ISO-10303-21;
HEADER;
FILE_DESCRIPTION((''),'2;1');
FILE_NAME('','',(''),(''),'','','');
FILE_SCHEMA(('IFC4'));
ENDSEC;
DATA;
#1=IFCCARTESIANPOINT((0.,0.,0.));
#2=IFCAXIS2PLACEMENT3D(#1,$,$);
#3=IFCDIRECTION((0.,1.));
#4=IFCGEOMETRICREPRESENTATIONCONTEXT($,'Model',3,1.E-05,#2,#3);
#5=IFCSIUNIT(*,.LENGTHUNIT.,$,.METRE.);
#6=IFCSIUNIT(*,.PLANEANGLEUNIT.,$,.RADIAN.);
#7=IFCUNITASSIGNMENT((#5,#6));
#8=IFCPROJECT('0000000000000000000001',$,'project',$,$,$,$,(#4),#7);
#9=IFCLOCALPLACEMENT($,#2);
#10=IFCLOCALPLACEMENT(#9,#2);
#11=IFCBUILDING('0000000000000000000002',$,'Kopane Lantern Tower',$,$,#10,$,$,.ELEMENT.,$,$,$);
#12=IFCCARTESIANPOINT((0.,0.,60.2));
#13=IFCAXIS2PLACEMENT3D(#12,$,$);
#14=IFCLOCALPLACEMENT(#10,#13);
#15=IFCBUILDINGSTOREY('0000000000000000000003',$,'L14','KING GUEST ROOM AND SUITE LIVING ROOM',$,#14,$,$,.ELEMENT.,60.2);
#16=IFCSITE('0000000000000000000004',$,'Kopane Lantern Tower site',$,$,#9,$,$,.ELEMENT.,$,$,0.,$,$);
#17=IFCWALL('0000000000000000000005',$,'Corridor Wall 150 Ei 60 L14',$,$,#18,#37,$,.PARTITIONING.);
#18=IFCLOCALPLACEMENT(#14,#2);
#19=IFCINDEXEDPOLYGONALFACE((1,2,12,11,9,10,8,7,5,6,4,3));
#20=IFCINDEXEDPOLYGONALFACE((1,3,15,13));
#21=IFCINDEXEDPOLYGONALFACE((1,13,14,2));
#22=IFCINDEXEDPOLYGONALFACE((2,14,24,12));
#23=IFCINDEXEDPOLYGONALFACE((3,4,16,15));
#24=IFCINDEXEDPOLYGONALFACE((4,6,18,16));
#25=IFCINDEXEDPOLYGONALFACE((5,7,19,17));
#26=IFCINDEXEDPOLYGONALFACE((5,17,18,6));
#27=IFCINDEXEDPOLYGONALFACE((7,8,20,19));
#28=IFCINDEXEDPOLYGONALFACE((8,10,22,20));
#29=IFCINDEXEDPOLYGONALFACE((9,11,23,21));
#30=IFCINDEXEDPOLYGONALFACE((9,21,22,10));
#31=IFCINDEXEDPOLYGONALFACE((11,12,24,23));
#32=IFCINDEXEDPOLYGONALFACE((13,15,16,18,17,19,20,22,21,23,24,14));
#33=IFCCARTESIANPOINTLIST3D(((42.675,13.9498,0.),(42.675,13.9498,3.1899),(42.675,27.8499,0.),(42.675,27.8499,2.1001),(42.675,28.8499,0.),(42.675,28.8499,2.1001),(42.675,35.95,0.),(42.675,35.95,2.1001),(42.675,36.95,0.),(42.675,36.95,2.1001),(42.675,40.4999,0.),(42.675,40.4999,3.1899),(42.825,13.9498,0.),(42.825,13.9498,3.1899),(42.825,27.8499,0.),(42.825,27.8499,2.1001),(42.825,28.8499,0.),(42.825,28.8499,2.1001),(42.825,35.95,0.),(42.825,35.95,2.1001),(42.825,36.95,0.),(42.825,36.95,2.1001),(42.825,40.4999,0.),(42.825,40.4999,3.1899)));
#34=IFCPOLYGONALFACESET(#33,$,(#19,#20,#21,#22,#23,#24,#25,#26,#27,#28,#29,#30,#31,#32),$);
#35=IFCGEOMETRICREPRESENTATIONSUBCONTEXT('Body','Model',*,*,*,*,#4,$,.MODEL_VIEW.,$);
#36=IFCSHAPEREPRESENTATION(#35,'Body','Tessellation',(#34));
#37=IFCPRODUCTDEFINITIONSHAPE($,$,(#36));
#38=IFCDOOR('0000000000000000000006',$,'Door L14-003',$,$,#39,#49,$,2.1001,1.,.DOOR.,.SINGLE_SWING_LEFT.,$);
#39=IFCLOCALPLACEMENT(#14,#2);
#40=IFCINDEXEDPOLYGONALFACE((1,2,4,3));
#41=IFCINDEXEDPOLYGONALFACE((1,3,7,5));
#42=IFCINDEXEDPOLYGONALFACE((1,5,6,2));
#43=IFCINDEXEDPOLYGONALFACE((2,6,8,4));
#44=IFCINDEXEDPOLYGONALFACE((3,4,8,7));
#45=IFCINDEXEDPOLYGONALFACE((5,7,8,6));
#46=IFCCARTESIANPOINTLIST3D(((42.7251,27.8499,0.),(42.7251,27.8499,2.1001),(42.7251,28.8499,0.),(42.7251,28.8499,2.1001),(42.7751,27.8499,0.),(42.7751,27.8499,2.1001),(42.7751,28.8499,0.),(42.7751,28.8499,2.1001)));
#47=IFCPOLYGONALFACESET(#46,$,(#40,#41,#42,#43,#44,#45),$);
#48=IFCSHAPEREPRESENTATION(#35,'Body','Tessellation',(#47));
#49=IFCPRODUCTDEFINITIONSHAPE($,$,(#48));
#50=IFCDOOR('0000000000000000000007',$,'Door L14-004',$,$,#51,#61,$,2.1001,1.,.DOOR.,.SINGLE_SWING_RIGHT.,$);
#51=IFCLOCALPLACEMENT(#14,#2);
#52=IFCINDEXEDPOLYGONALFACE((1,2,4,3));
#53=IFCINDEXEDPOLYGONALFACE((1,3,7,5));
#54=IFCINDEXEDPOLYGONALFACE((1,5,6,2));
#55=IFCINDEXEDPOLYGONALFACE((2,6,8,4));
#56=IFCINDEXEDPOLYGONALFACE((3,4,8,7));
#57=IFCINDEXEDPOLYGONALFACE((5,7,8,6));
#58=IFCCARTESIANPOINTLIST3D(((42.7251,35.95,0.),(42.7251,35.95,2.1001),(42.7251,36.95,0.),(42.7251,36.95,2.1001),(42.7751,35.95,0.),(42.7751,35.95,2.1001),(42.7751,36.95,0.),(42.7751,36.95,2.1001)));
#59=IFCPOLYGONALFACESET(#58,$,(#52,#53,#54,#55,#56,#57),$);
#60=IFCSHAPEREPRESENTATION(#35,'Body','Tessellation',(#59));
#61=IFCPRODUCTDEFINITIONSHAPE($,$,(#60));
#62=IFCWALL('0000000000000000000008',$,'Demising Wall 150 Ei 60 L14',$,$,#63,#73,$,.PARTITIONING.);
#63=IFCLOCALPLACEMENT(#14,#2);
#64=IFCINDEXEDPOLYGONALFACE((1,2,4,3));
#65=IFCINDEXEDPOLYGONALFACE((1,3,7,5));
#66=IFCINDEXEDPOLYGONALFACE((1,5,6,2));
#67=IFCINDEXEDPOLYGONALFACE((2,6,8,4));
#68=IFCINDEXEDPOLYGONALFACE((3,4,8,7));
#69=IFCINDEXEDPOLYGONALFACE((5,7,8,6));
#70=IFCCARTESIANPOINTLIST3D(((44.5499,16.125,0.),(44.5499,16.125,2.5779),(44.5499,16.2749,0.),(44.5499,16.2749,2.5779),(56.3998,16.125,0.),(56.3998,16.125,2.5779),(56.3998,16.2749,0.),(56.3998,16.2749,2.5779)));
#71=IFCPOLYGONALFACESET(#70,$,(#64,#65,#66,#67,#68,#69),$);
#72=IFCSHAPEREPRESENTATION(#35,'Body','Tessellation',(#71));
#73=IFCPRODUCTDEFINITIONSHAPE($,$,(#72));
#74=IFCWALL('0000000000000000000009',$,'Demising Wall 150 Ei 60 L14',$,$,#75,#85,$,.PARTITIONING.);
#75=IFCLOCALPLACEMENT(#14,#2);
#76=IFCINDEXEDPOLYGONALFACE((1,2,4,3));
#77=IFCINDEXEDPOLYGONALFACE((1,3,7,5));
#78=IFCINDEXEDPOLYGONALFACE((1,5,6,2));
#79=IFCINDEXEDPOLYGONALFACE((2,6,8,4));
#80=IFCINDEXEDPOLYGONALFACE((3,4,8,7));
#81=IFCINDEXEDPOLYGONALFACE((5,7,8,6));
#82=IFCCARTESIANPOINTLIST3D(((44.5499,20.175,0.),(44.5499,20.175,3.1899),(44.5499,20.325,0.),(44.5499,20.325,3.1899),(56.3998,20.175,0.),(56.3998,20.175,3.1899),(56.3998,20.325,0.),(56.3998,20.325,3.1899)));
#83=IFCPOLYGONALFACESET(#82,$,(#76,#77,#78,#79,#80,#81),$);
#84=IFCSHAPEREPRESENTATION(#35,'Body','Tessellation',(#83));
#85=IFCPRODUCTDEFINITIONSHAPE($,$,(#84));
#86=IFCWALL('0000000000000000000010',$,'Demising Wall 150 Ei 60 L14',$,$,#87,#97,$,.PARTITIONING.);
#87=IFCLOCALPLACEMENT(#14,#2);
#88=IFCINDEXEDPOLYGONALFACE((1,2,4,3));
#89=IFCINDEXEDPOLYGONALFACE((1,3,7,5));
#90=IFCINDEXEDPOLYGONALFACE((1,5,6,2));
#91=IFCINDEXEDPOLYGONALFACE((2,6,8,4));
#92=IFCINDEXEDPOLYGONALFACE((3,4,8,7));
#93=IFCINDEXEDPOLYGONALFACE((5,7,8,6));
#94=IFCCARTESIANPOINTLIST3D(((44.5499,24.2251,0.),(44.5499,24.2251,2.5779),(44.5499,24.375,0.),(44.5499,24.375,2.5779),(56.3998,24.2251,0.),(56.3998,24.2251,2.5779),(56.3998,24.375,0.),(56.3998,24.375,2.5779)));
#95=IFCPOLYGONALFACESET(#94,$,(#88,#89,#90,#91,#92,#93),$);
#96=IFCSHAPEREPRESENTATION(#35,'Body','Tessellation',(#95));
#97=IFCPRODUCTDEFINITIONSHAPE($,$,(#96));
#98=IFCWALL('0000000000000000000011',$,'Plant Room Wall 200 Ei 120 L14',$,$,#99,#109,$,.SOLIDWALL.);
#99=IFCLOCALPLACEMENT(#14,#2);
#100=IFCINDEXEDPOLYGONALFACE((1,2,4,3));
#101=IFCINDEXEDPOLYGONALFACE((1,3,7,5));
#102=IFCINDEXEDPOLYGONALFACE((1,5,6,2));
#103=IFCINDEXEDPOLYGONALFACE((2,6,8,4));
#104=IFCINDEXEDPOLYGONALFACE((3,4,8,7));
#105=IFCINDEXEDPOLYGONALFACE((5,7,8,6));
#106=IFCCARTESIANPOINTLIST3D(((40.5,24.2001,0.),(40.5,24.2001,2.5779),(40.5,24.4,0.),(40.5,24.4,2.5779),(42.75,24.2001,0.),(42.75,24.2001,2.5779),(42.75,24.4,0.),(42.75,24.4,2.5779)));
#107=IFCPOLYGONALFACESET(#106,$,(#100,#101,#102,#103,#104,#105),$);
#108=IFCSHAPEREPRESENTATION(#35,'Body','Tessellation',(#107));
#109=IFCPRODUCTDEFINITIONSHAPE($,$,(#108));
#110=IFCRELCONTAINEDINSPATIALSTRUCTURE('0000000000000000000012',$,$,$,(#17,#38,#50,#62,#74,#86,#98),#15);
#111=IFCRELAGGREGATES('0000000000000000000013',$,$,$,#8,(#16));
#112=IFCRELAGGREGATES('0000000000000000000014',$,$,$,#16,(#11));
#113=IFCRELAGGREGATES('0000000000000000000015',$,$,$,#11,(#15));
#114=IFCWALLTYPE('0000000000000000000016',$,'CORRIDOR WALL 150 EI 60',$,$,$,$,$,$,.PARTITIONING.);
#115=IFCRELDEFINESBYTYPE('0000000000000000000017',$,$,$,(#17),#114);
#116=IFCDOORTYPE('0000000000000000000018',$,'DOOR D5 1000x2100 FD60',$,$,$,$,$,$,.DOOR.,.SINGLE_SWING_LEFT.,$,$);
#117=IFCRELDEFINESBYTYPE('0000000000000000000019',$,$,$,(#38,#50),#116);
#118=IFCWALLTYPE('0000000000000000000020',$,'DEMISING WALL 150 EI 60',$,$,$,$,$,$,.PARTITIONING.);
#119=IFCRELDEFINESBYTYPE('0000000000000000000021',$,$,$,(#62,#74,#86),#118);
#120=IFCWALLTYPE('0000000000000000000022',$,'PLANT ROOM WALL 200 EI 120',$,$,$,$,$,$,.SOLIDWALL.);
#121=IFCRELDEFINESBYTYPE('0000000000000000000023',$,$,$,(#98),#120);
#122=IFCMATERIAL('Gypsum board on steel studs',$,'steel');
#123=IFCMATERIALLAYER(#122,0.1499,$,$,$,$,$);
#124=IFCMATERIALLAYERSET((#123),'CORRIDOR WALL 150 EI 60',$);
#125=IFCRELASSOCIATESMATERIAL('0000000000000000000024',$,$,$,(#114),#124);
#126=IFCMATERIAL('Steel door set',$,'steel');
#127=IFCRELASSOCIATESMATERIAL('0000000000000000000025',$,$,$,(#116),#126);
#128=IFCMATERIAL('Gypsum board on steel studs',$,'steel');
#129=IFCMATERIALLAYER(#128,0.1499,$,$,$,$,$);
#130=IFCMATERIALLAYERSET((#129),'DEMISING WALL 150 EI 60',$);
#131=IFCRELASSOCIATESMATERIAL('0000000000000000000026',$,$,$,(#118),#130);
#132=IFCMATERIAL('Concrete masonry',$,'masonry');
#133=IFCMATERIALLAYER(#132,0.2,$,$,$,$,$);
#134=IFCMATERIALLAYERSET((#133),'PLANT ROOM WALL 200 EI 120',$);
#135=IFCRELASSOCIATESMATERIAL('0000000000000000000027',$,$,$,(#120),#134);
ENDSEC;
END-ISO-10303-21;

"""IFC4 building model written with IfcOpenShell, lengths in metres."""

from ifc_helpers import new_model, si_unit, direction, frame, frame_2d, origin, place, context, subcontext, project, spatial, rectangle, extrude, material, layer, layer_set, type_object, element, fill, save


model = new_model("IFC4")

# Units and contexts
model_context = context("Model", 3, precision=1e-05, world=origin(), true_north=direction((0.0, 1.0)))
body_context = subcontext(model_context, "Body", "Model", "MODEL_VIEW")
ifc_project = project(units=[si_unit("LENGTHUNIT", "METRE"), si_unit("PLANEANGLEUNIT", "RADIAN")], contexts=[model_context])

# Site, building, storey
site_placement = place(None, origin())
site = spatial("IfcSite", under=ifc_project, at=site_placement, Name="Kopane Lantern Tower site", CompositionType="ELEMENT", RefElevation=0.0)
building_placement = place(site_placement, origin())
building = spatial("IfcBuilding", under=site, at=building_placement, Name="Kopane Lantern Tower", CompositionType="ELEMENT")
storey_placement = place(building_placement, frame((0.0, 0.0, 60.2)))
storey = spatial("IfcBuildingStorey", under=building, at=storey_placement, Name="L14", Description="KING GUEST ROOM AND SUITE LIVING ROOM", CompositionType="ELEMENT", Elevation=60.2)

# Wall, openings, doors
ifc_material_1 = material(Name="Gypsum board on steel studs", Category="steel")
ifc_layer_1 = layer(ifc_material_1, 0.1499)
ifc_layer_set_1 = layer_set([ifc_layer_1], Name="CORRIDOR WALL 150 EI 60")
wall_type_1 = type_object("IfcWallType", Name="CORRIDOR WALL 150 EI 60", PredefinedType="PARTITIONING", material=ifc_layer_set_1)
wall_1_placement = place(storey_placement, frame((42.75, 13.95, 0.0), z_axis=(0.0, 0.0, 1.0), x_axis=(0.0, 1.0, 0.0)))
wall_1 = element("IfcWall", 1, at=wall_1_placement, inside=storey, type_object=wall_type_1, Name="Corridor Wall 150 Ei 60 L14", PredefinedType="PARTITIONING", context=body_context, shape_type="SweptSolid", body=[
    extrude(rectangle(XDim=26.55, YDim=0.1499, at=frame_2d((13.2749, 0.0))), origin(), (0.0, 0.0, 1.0), 3.1899),
])
opening_1_placement = place(wall_1_placement, frame((13.8999, 0.0, 0.0)))
opening_1 = element("IfcOpeningElement", 2, at=opening_1_placement, cuts=wall_1, PredefinedType="OPENING", context=body_context, shape_type="SweptSolid", body=[
    extrude(rectangle(XDim=1.0, YDim=2.1001, at=frame_2d((0.5, 1.05))), frame((0.0, 0.085, 0.0), z_axis=(0.0, -1.0, 0.0), x_axis=(1.0, 0.0, 0.0)), (0.0, 0.0, 1.0), 0.1699),
])
opening_2_placement = place(wall_1_placement, frame((22.0, 0.0, 0.0)))
opening_2 = element("IfcOpeningElement", 3, at=opening_2_placement, cuts=wall_1, PredefinedType="OPENING", context=body_context, shape_type="SweptSolid", body=[
    extrude(rectangle(XDim=1.0, YDim=2.1001, at=frame_2d((0.5, 1.05))), frame((0.0, 0.085, 0.0), z_axis=(0.0, -1.0, 0.0), x_axis=(1.0, 0.0, 0.0)), (0.0, 0.0, 1.0), 0.1699),
])
ifc_material_2 = material(Name="Steel door set", Category="steel")
door_type_1 = type_object("IfcDoorType", Name="DOOR D5 1000x2100 FD60", OperationType="SINGLE_SWING_LEFT", PredefinedType="DOOR", material=ifc_material_2)
door_1_placement = place(opening_1_placement, origin())
door_1 = element("IfcDoor", 4, at=door_1_placement, inside=storey, type_object=door_type_1, Name="Door L14-003", OperationType="SINGLE_SWING_LEFT", OverallHeight=2.1001, OverallWidth=1.0, PredefinedType="DOOR", context=body_context, shape_type="SweptSolid", body=[
    extrude(rectangle(XDim=1.0, YDim=2.1001, at=frame_2d((0.5, 1.05))), frame((0.0, 0.0249, 0.0), z_axis=(0.0, -1.0, 0.0), x_axis=(1.0, 0.0, 0.0)), (0.0, 0.0, 1.0), 0.05),
])
fill(opening_1, door_1)
door_2_placement = place(opening_2_placement, origin())
door_2 = element("IfcDoor", 5, at=door_2_placement, inside=storey, type_object=door_type_1, Name="Door L14-004", OperationType="SINGLE_SWING_RIGHT", OverallHeight=2.1001, OverallWidth=1.0, PredefinedType="DOOR", context=body_context, shape_type="SweptSolid", body=[
    extrude(rectangle(XDim=1.0, YDim=2.1001, at=frame_2d((0.5, 1.05))), frame((0.0, 0.0249, 0.0), z_axis=(0.0, -1.0, 0.0), x_axis=(1.0, 0.0, 0.0)), (0.0, 0.0, 1.0), 0.05),
])
fill(opening_2, door_2)

# Walls
ifc_material_3 = material(Name="Gypsum board on steel studs", Category="steel")
ifc_layer_2 = layer(ifc_material_3, 0.1499)
ifc_layer_set_2 = layer_set([ifc_layer_2], Name="DEMISING WALL 150 EI 60")
wall_type_2 = type_object("IfcWallType", Name="DEMISING WALL 150 EI 60", PredefinedType="PARTITIONING", material=ifc_layer_set_2)
wall_2_placement = place(storey_placement, frame((44.55, 16.2, 0.0), z_axis=(0.0, 0.0, 1.0), x_axis=(1.0, 0.0, 0.0)))
element("IfcWall", 6, at=wall_2_placement, inside=storey, type_object=wall_type_2, Name="Demising Wall 150 Ei 60 L14", PredefinedType="PARTITIONING", context=body_context, shape_type="SweptSolid", body=[
    extrude(rectangle(XDim=11.8499, YDim=0.1499, at=frame_2d((5.9248, 0.0))), origin(), (0.0, 0.0, 1.0), 2.5779),
])
wall_3_placement = place(storey_placement, frame((44.55, 20.25, 0.0), z_axis=(0.0, 0.0, 1.0), x_axis=(1.0, 0.0, 0.0)))
element("IfcWall", 7, at=wall_3_placement, inside=storey, type_object=wall_type_2, Name="Demising Wall 150 Ei 60 L14", PredefinedType="PARTITIONING", context=body_context, shape_type="SweptSolid", body=[
    extrude(rectangle(XDim=11.8499, YDim=0.1499, at=frame_2d((5.9248, 0.0))), origin(), (0.0, 0.0, 1.0), 3.1899),
])
wall_4_placement = place(storey_placement, frame((44.55, 24.3, 0.0), z_axis=(0.0, 0.0, 1.0), x_axis=(1.0, 0.0, 0.0)))
element("IfcWall", 8, at=wall_4_placement, inside=storey, type_object=wall_type_2, Name="Demising Wall 150 Ei 60 L14", PredefinedType="PARTITIONING", context=body_context, shape_type="SweptSolid", body=[
    extrude(rectangle(XDim=11.8499, YDim=0.1499, at=frame_2d((5.9248, 0.0))), origin(), (0.0, 0.0, 1.0), 2.5779),
])
ifc_material_4 = material(Name="Concrete masonry", Category="masonry")
ifc_layer_3 = layer(ifc_material_4, 0.2)
ifc_layer_set_3 = layer_set([ifc_layer_3], Name="PLANT ROOM WALL 200 EI 120")
wall_type_3 = type_object("IfcWallType", Name="PLANT ROOM WALL 200 EI 120", PredefinedType="SOLIDWALL", material=ifc_layer_set_3)
wall_5_placement = place(storey_placement, frame((40.5, 24.3, 0.0), z_axis=(0.0, 0.0, 1.0), x_axis=(1.0, 0.0, 0.0)))
element("IfcWall", 9, at=wall_5_placement, inside=storey, type_object=wall_type_3, Name="Plant Room Wall 200 Ei 120 L14", PredefinedType="SOLIDWALL", context=body_context, shape_type="SweptSolid", body=[
    extrude(rectangle(XDim=2.25, YDim=0.2, at=frame_2d((1.125, 0.0))), origin(), (0.0, 0.0, 1.0), 2.5779),
])

save(model, "model.ifc")
